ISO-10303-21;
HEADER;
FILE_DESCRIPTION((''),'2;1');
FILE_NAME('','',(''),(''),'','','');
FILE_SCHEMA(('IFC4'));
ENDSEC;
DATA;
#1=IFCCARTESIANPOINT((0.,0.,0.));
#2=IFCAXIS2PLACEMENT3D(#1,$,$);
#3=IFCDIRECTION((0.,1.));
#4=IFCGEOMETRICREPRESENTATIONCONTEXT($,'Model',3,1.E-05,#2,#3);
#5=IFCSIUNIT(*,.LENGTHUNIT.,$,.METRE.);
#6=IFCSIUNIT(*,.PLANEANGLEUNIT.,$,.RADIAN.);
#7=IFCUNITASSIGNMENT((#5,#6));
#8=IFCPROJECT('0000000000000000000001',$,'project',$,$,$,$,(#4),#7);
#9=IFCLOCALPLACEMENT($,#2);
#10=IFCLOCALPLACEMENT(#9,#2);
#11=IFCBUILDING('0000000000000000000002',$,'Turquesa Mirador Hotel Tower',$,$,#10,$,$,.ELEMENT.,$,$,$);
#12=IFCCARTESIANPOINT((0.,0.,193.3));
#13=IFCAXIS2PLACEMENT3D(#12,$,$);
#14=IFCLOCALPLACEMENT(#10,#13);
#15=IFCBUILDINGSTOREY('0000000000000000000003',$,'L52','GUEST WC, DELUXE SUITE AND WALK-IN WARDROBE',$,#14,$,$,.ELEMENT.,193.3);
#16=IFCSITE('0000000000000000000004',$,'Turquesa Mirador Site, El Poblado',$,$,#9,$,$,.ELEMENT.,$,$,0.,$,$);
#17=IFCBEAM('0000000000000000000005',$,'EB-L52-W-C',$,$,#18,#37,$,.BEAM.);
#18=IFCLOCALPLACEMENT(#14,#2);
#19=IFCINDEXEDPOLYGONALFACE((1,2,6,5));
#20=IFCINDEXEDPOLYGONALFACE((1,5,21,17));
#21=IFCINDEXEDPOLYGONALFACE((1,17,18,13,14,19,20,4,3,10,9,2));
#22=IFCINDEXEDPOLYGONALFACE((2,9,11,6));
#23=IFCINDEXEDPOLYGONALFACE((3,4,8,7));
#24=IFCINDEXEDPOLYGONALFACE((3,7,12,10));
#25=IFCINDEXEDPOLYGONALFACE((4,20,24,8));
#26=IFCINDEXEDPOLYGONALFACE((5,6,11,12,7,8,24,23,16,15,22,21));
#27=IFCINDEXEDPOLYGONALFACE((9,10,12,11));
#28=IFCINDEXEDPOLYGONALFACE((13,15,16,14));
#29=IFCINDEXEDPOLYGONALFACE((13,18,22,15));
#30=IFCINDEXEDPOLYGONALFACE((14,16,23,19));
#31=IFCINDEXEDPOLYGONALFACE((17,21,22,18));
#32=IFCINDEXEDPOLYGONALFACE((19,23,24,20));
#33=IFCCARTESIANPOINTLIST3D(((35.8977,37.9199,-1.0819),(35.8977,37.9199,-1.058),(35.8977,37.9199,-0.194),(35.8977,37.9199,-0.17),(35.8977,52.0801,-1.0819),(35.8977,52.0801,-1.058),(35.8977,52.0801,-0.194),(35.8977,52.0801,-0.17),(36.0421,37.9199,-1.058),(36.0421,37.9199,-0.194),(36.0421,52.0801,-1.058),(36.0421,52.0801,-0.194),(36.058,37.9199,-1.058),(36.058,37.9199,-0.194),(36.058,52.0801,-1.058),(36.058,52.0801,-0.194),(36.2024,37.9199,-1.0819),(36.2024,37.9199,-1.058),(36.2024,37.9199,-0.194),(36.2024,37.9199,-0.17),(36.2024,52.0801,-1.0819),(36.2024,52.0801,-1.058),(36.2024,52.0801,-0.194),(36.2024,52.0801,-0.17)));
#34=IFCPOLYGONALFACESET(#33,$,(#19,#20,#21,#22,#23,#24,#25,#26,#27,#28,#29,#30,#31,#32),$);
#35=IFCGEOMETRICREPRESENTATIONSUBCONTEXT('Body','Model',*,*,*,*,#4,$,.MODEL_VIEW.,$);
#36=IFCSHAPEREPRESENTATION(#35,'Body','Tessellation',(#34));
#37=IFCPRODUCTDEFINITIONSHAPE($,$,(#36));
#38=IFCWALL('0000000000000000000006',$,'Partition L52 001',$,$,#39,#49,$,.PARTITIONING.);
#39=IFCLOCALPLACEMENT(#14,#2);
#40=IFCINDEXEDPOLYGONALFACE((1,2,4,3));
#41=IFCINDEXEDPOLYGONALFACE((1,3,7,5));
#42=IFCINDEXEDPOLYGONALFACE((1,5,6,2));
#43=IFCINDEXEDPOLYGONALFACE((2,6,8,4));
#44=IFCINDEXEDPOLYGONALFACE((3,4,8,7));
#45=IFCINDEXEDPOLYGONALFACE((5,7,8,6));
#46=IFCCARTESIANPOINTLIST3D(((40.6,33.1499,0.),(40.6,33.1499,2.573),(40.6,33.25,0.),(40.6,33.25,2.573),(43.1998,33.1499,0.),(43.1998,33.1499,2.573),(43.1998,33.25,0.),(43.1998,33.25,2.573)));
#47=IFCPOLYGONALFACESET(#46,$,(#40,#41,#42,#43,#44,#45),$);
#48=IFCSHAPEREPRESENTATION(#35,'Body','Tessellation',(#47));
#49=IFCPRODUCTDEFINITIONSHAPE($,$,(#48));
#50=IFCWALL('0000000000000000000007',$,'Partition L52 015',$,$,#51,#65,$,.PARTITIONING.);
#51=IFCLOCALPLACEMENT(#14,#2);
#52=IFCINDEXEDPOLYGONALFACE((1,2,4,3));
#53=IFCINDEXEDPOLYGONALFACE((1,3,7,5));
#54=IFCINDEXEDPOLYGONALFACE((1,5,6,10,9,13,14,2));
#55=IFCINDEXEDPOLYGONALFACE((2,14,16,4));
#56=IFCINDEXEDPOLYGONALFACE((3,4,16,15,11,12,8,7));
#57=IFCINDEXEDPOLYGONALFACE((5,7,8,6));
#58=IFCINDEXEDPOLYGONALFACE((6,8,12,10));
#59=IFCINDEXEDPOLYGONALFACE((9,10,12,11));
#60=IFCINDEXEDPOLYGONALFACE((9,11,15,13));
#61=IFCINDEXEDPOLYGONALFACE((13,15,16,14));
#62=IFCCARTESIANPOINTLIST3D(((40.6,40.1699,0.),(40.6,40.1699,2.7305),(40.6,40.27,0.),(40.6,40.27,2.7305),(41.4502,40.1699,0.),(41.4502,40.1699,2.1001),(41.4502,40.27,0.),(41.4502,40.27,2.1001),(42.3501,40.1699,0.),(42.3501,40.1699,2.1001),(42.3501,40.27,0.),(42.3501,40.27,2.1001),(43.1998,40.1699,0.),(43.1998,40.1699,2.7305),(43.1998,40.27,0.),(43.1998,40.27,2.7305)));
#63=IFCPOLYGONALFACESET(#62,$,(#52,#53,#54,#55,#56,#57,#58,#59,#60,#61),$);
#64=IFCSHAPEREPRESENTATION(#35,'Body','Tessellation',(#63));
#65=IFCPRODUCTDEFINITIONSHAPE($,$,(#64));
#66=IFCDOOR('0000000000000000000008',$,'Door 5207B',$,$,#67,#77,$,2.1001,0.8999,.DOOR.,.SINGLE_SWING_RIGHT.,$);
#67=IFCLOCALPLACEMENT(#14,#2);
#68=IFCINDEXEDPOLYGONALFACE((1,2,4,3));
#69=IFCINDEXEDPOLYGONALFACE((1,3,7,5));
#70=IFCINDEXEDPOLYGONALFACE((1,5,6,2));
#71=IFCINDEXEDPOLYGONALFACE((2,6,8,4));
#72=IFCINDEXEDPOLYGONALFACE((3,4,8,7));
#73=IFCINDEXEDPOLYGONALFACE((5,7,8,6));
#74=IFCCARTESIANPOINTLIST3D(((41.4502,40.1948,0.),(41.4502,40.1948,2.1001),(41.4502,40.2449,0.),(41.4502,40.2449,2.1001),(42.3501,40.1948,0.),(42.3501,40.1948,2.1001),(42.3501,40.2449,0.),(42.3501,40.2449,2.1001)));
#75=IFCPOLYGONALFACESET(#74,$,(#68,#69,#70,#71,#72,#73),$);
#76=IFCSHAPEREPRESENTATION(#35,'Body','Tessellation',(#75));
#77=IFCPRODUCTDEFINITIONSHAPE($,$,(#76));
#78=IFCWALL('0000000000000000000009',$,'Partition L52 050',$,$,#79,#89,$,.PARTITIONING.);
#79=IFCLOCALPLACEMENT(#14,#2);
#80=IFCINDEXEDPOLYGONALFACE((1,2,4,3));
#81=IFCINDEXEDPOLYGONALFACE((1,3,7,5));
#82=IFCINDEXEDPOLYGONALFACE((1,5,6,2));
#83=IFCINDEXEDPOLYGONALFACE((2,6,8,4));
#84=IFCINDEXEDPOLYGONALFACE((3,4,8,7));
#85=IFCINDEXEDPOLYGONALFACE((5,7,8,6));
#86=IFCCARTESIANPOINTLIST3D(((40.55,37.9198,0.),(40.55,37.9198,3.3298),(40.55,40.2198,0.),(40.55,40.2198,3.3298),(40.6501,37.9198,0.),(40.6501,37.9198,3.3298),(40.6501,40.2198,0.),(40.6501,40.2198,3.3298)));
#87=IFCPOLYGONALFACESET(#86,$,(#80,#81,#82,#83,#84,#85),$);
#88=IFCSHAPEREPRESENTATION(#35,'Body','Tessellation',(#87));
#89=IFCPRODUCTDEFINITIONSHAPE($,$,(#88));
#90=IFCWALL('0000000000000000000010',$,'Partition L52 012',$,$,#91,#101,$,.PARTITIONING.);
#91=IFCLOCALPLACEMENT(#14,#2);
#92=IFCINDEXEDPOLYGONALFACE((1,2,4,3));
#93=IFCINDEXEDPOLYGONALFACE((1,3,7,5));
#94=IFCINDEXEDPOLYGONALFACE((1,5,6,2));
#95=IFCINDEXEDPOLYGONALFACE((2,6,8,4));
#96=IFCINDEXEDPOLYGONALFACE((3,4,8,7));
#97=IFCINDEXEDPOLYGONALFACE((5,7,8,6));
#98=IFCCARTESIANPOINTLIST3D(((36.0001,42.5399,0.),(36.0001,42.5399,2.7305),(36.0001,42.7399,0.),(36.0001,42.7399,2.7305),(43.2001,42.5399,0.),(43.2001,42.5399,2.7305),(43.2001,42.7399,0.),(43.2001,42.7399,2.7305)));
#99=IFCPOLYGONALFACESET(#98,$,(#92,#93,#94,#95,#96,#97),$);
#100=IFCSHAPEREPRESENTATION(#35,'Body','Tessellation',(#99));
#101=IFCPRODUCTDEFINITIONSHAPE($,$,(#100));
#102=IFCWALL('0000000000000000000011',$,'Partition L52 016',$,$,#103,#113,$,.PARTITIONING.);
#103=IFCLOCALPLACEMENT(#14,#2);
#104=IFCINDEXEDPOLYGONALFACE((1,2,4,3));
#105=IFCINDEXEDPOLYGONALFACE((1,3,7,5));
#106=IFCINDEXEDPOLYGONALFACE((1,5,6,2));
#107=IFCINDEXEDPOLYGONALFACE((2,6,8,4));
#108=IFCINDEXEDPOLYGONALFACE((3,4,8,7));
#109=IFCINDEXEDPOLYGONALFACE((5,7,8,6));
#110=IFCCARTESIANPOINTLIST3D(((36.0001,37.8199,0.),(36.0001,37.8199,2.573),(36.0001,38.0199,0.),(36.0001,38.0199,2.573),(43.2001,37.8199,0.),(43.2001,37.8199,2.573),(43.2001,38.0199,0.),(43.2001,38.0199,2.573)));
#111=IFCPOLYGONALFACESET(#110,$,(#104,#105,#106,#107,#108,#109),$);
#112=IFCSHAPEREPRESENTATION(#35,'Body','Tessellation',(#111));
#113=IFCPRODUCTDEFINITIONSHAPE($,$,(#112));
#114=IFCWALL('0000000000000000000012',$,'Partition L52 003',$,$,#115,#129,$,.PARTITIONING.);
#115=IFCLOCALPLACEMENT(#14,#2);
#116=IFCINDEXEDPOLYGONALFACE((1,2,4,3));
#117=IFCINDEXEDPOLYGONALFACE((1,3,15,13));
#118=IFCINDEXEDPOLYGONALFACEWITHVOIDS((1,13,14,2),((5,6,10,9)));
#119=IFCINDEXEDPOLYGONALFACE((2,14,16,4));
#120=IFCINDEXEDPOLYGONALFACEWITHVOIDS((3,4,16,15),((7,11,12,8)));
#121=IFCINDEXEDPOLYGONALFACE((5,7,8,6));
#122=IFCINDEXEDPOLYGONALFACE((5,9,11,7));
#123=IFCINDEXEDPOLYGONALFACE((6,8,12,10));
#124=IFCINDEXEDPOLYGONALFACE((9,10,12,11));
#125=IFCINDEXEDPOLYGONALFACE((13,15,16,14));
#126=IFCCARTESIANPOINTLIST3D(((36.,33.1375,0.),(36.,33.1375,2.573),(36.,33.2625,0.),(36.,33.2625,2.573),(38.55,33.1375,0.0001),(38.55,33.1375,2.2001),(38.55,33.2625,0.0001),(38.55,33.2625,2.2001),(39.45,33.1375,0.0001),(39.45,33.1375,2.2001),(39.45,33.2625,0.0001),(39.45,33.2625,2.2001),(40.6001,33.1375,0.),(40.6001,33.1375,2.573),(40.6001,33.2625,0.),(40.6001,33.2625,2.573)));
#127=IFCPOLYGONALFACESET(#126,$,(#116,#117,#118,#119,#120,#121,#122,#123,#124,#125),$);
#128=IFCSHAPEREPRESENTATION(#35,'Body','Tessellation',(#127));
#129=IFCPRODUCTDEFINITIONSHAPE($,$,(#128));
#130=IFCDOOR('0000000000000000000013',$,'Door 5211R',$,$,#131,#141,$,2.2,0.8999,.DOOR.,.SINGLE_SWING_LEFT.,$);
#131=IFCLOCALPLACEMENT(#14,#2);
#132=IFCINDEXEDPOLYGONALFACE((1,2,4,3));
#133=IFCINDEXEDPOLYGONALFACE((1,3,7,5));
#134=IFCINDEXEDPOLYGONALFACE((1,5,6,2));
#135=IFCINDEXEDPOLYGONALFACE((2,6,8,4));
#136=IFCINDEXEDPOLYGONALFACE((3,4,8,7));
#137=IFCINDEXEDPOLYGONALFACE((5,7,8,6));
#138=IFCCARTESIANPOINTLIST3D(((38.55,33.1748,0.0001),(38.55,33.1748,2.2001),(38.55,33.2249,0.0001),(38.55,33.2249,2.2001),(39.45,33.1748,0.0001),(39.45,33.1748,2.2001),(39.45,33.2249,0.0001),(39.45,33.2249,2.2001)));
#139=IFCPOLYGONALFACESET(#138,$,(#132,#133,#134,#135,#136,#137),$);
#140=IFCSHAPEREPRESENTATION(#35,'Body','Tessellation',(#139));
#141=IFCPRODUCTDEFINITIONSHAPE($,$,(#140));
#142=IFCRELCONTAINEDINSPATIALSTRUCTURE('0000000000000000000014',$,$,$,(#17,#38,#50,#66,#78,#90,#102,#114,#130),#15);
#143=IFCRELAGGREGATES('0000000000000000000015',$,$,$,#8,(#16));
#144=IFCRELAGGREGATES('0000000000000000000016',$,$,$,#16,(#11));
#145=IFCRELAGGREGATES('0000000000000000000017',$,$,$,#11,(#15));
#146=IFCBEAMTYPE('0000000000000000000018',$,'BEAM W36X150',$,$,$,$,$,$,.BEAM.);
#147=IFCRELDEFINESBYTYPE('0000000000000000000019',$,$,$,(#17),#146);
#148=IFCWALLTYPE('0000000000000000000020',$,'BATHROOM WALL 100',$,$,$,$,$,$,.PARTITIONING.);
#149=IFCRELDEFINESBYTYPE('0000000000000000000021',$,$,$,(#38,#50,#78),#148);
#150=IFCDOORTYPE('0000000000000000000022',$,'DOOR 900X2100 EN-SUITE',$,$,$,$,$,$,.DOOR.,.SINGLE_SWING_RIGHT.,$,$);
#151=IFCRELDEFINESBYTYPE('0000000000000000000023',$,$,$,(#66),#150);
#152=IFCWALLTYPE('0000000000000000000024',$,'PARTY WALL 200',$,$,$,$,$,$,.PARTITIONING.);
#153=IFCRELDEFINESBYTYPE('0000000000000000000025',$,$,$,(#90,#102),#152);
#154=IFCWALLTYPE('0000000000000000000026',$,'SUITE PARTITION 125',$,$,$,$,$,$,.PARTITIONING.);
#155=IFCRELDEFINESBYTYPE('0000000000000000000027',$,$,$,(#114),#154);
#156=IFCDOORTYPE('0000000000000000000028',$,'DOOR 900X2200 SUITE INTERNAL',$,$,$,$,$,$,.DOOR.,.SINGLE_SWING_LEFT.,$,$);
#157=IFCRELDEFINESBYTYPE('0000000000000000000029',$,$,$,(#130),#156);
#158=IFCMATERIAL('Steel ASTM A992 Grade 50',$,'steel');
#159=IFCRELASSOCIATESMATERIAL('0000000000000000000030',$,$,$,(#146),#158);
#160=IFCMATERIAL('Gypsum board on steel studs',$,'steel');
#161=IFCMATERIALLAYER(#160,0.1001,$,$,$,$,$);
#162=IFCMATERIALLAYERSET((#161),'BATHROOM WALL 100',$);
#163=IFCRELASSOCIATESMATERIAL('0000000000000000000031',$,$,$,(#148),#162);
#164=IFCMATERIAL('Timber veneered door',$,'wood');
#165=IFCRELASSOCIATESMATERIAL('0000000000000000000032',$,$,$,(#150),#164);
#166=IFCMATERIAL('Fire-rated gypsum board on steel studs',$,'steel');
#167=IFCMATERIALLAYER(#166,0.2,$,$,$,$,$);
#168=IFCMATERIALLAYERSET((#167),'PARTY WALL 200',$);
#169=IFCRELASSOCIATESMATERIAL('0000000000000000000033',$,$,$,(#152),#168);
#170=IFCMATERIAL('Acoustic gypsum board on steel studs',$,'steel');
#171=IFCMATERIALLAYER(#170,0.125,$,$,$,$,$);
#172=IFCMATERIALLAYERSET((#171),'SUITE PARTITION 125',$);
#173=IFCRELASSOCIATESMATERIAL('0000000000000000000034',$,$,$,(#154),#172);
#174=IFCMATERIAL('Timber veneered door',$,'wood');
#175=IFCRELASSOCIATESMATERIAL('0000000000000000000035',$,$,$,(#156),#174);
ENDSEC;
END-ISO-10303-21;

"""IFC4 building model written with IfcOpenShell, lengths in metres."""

from ifc_helpers import new_model, si_unit, direction, frame, frame_2d, origin, origin_2d, place, context, subcontext, project, spatial, rectangle, i_section, extrude, material, layer, layer_set, material_profile, profile_set, type_object, element, fill, save


model = new_model("IFC4")

# Units and contexts
model_context = context("Model", 3, precision=1e-05, world=origin(), true_north=direction((0.0, 1.0)))
body_context = subcontext(model_context, "Body", "Model", "MODEL_VIEW")
ifc_project = project(units=[si_unit("LENGTHUNIT", "METRE"), si_unit("PLANEANGLEUNIT", "RADIAN")], contexts=[model_context])

# Site, building, storey
site_placement = place(None, origin())
site = spatial("IfcSite", under=ifc_project, at=site_placement, Name="Turquesa Mirador Site, El Poblado", CompositionType="ELEMENT", RefElevation=0.0)
building_placement = place(site_placement, origin())
building = spatial("IfcBuilding", under=site, at=building_placement, Name="Turquesa Mirador Hotel Tower", CompositionType="ELEMENT")
storey_placement = place(building_placement, frame((0.0, 0.0, 193.3)))
storey = spatial("IfcBuildingStorey", under=building, at=storey_placement, Name="L52", Description="GUEST WC, DELUXE SUITE AND WALK-IN WARDROBE", CompositionType="ELEMENT", Elevation=193.3)

# Beam
ifc_material_1 = material(Name="Steel ASTM A992 Grade 50", Category="steel")
ifc_material_profile_1 = material_profile(ifc_material_1, i_section(OverallWidth=0.3047, OverallDepth=0.9119, WebThickness=0.0159, FlangeThickness=0.0239, at=origin_2d()), Name="W36X150")
ifc_profile_set_1 = profile_set([ifc_material_profile_1], Name="Steel ASTM A992 Grade 50")
beam_type_1 = type_object("IfcBeamType", Name="BEAM W36X150", PredefinedType="BEAM", material=ifc_profile_set_1)
beam_1_placement = place(storey_placement, frame((36.05, 37.9199, -0.626), z_axis=(0.0, 1.0, 0.0), x_axis=(-1.0, 0.0, 0.0)))
element("IfcBeam", 1, at=beam_1_placement, inside=storey, type_object=beam_type_1, Name="EB-L52-W-C", PredefinedType="BEAM", context=body_context, shape_type="SweptSolid", body=[
    extrude(i_section(OverallWidth=0.3047, OverallDepth=0.9119, WebThickness=0.0159, FlangeThickness=0.0239, at=origin_2d()), origin(), (0.0, 0.0, 1.0), 14.1602),
])

# Wall
ifc_material_2 = material(Name="Gypsum board on steel studs", Category="steel")
ifc_layer_1 = layer(ifc_material_2, 0.1001)
ifc_layer_set_1 = layer_set([ifc_layer_1], Name="BATHROOM WALL 100")
wall_type_1 = type_object("IfcWallType", Name="BATHROOM WALL 100", PredefinedType="PARTITIONING", material=ifc_layer_set_1)
wall_1_placement = place(storey_placement, frame((40.6001, 33.2, 0.0), z_axis=(0.0, 0.0, 1.0), x_axis=(1.0, 0.0, 0.0)))
element("IfcWall", 2, at=wall_1_placement, inside=storey, type_object=wall_type_1, Name="Partition L52 001", PredefinedType="PARTITIONING", context=body_context, shape_type="SweptSolid", body=[
    extrude(rectangle(XDim=2.5999, YDim=0.1001, at=frame_2d((1.2998, 0.0))), origin(), (0.0, 0.0, 1.0), 2.573),
])

# Wall, opening, door
wall_2_placement = place(storey_placement, frame((40.6001, 40.22, 0.0), z_axis=(0.0, 0.0, 1.0), x_axis=(1.0, 0.0, 0.0)))
wall_2 = element("IfcWall", 3, at=wall_2_placement, inside=storey, type_object=wall_type_1, Name="Partition L52 015", PredefinedType="PARTITIONING", context=body_context, shape_type="SweptSolid", body=[
    extrude(rectangle(XDim=2.5999, YDim=0.1001, at=frame_2d((1.2998, 0.0))), origin(), (0.0, 0.0, 1.0), 2.7305),
])
opening_1_placement = place(wall_2_placement, frame((0.8501, 0.0, 0.0)))
opening_1 = element("IfcOpeningElement", 4, at=opening_1_placement, cuts=wall_2, PredefinedType="OPENING", context=body_context, shape_type="SweptSolid", body=[
    extrude(rectangle(XDim=0.8999, YDim=2.1001, at=frame_2d((0.45, 1.05))), frame((0.0, 0.0601, 0.0), z_axis=(0.0, -1.0, 0.0), x_axis=(1.0, 0.0, 0.0)), (0.0, 0.0, 1.0), 0.1201),
])
ifc_material_3 = material(Name="Timber veneered door", Category="wood")
door_type_1 = type_object("IfcDoorType", Name="DOOR 900X2100 EN-SUITE", OperationType="SINGLE_SWING_RIGHT", PredefinedType="DOOR", material=ifc_material_3)
door_1_placement = place(opening_1_placement, origin())
door_1 = element("IfcDoor", 5, at=door_1_placement, inside=storey, type_object=door_type_1, Name="Door 5207B", OperationType="SINGLE_SWING_RIGHT", OverallHeight=2.1001, OverallWidth=0.8999, PredefinedType="DOOR", context=body_context, shape_type="SweptSolid", body=[
    extrude(rectangle(XDim=0.8999, YDim=2.1001, at=frame_2d((0.45, 1.05))), frame((0.0, 0.0249, 0.0), z_axis=(0.0, -1.0, 0.0), x_axis=(1.0, 0.0, 0.0)), (0.0, 0.0, 1.0), 0.05),
])
fill(opening_1, door_1)

# Walls
wall_3_placement = place(storey_placement, frame((40.6001, 37.9199, 0.0), z_axis=(0.0, 0.0, 1.0), x_axis=(0.0, 1.0, 0.0)))
element("IfcWall", 6, at=wall_3_placement, inside=storey, type_object=wall_type_1, Name="Partition L52 050", PredefinedType="PARTITIONING", context=body_context, shape_type="SweptSolid", body=[
    extrude(rectangle(XDim=2.3, YDim=0.1001, at=frame_2d((1.1499, 0.0))), origin(), (0.0, 0.0, 1.0), 3.3298),
])
ifc_material_4 = material(Name="Fire-rated gypsum board on steel studs", Category="steel")
ifc_layer_2 = layer(ifc_material_4, 0.2)
ifc_layer_set_2 = layer_set([ifc_layer_2], Name="PARTY WALL 200")
wall_type_2 = type_object("IfcWallType", Name="PARTY WALL 200", PredefinedType="PARTITIONING", material=ifc_layer_set_2)
wall_4_placement = place(storey_placement, frame((36.0, 42.6399, 0.0), z_axis=(0.0, 0.0, 1.0), x_axis=(1.0, 0.0, 0.0)))
element("IfcWall", 7, at=wall_4_placement, inside=storey, type_object=wall_type_2, Name="Partition L52 012", PredefinedType="PARTITIONING", context=body_context, shape_type="SweptSolid", body=[
    extrude(rectangle(XDim=7.2, YDim=0.2, at=frame_2d((3.6001, 0.0))), origin(), (0.0, 0.0, 1.0), 2.7305),
])
wall_5_placement = place(storey_placement, frame((36.0, 37.9199, 0.0), z_axis=(0.0, 0.0, 1.0), x_axis=(1.0, 0.0, 0.0)))
element("IfcWall", 8, at=wall_5_placement, inside=storey, type_object=wall_type_2, Name="Partition L52 016", PredefinedType="PARTITIONING", context=body_context, shape_type="SweptSolid", body=[
    extrude(rectangle(XDim=7.2, YDim=0.2, at=frame_2d((3.6001, 0.0))), origin(), (0.0, 0.0, 1.0), 2.573),
])

# Wall, opening, door
ifc_material_5 = material(Name="Acoustic gypsum board on steel studs", Category="steel")
ifc_layer_3 = layer(ifc_material_5, 0.125)
ifc_layer_set_3 = layer_set([ifc_layer_3], Name="SUITE PARTITION 125")
wall_type_3 = type_object("IfcWallType", Name="SUITE PARTITION 125", PredefinedType="PARTITIONING", material=ifc_layer_set_3)
wall_6_placement = place(storey_placement, frame((36.0, 33.2, 0.0), z_axis=(0.0, 0.0, 1.0), x_axis=(1.0, 0.0, 0.0)))
wall_6 = element("IfcWall", 9, at=wall_6_placement, inside=storey, type_object=wall_type_3, Name="Partition L52 003", PredefinedType="PARTITIONING", context=body_context, shape_type="SweptSolid", body=[
    extrude(rectangle(XDim=4.6001, YDim=0.125, at=frame_2d((2.3, 0.0))), origin(), (0.0, 0.0, 1.0), 2.573),
])
opening_2_placement = place(wall_6_placement, frame((2.55, 0.0, 0.0)))
opening_2 = element("IfcOpeningElement", 10, at=opening_2_placement, cuts=wall_6, PredefinedType="OPENING", context=body_context, shape_type="SweptSolid", body=[
    extrude(rectangle(XDim=0.8999, YDim=2.2, at=frame_2d((0.45, 1.1001))), frame((0.0, 0.0725, 0.0), z_axis=(0.0, -1.0, 0.0), x_axis=(1.0, 0.0, 0.0)), (0.0, 0.0, 1.0), 0.145),
])
ifc_material_6 = material(Name="Timber veneered door", Category="wood")
door_type_2 = type_object("IfcDoorType", Name="DOOR 900X2200 SUITE INTERNAL", OperationType="SINGLE_SWING_LEFT", PredefinedType="DOOR", material=ifc_material_6)
door_2_placement = place(opening_2_placement, origin())
door_2 = element("IfcDoor", 11, at=door_2_placement, inside=storey, type_object=door_type_2, Name="Door 5211R", OperationType="SINGLE_SWING_LEFT", OverallHeight=2.2, OverallWidth=0.8999, PredefinedType="DOOR", context=body_context, shape_type="SweptSolid", body=[
    extrude(rectangle(XDim=0.8999, YDim=2.2, at=frame_2d((0.45, 1.1001))), frame((0.0, 0.0249, 0.0), z_axis=(0.0, -1.0, 0.0), x_axis=(1.0, 0.0, 0.0)), (0.0, 0.0, 1.0), 0.05),
])
fill(opening_2, door_2)

save(model, "model.ifc")
